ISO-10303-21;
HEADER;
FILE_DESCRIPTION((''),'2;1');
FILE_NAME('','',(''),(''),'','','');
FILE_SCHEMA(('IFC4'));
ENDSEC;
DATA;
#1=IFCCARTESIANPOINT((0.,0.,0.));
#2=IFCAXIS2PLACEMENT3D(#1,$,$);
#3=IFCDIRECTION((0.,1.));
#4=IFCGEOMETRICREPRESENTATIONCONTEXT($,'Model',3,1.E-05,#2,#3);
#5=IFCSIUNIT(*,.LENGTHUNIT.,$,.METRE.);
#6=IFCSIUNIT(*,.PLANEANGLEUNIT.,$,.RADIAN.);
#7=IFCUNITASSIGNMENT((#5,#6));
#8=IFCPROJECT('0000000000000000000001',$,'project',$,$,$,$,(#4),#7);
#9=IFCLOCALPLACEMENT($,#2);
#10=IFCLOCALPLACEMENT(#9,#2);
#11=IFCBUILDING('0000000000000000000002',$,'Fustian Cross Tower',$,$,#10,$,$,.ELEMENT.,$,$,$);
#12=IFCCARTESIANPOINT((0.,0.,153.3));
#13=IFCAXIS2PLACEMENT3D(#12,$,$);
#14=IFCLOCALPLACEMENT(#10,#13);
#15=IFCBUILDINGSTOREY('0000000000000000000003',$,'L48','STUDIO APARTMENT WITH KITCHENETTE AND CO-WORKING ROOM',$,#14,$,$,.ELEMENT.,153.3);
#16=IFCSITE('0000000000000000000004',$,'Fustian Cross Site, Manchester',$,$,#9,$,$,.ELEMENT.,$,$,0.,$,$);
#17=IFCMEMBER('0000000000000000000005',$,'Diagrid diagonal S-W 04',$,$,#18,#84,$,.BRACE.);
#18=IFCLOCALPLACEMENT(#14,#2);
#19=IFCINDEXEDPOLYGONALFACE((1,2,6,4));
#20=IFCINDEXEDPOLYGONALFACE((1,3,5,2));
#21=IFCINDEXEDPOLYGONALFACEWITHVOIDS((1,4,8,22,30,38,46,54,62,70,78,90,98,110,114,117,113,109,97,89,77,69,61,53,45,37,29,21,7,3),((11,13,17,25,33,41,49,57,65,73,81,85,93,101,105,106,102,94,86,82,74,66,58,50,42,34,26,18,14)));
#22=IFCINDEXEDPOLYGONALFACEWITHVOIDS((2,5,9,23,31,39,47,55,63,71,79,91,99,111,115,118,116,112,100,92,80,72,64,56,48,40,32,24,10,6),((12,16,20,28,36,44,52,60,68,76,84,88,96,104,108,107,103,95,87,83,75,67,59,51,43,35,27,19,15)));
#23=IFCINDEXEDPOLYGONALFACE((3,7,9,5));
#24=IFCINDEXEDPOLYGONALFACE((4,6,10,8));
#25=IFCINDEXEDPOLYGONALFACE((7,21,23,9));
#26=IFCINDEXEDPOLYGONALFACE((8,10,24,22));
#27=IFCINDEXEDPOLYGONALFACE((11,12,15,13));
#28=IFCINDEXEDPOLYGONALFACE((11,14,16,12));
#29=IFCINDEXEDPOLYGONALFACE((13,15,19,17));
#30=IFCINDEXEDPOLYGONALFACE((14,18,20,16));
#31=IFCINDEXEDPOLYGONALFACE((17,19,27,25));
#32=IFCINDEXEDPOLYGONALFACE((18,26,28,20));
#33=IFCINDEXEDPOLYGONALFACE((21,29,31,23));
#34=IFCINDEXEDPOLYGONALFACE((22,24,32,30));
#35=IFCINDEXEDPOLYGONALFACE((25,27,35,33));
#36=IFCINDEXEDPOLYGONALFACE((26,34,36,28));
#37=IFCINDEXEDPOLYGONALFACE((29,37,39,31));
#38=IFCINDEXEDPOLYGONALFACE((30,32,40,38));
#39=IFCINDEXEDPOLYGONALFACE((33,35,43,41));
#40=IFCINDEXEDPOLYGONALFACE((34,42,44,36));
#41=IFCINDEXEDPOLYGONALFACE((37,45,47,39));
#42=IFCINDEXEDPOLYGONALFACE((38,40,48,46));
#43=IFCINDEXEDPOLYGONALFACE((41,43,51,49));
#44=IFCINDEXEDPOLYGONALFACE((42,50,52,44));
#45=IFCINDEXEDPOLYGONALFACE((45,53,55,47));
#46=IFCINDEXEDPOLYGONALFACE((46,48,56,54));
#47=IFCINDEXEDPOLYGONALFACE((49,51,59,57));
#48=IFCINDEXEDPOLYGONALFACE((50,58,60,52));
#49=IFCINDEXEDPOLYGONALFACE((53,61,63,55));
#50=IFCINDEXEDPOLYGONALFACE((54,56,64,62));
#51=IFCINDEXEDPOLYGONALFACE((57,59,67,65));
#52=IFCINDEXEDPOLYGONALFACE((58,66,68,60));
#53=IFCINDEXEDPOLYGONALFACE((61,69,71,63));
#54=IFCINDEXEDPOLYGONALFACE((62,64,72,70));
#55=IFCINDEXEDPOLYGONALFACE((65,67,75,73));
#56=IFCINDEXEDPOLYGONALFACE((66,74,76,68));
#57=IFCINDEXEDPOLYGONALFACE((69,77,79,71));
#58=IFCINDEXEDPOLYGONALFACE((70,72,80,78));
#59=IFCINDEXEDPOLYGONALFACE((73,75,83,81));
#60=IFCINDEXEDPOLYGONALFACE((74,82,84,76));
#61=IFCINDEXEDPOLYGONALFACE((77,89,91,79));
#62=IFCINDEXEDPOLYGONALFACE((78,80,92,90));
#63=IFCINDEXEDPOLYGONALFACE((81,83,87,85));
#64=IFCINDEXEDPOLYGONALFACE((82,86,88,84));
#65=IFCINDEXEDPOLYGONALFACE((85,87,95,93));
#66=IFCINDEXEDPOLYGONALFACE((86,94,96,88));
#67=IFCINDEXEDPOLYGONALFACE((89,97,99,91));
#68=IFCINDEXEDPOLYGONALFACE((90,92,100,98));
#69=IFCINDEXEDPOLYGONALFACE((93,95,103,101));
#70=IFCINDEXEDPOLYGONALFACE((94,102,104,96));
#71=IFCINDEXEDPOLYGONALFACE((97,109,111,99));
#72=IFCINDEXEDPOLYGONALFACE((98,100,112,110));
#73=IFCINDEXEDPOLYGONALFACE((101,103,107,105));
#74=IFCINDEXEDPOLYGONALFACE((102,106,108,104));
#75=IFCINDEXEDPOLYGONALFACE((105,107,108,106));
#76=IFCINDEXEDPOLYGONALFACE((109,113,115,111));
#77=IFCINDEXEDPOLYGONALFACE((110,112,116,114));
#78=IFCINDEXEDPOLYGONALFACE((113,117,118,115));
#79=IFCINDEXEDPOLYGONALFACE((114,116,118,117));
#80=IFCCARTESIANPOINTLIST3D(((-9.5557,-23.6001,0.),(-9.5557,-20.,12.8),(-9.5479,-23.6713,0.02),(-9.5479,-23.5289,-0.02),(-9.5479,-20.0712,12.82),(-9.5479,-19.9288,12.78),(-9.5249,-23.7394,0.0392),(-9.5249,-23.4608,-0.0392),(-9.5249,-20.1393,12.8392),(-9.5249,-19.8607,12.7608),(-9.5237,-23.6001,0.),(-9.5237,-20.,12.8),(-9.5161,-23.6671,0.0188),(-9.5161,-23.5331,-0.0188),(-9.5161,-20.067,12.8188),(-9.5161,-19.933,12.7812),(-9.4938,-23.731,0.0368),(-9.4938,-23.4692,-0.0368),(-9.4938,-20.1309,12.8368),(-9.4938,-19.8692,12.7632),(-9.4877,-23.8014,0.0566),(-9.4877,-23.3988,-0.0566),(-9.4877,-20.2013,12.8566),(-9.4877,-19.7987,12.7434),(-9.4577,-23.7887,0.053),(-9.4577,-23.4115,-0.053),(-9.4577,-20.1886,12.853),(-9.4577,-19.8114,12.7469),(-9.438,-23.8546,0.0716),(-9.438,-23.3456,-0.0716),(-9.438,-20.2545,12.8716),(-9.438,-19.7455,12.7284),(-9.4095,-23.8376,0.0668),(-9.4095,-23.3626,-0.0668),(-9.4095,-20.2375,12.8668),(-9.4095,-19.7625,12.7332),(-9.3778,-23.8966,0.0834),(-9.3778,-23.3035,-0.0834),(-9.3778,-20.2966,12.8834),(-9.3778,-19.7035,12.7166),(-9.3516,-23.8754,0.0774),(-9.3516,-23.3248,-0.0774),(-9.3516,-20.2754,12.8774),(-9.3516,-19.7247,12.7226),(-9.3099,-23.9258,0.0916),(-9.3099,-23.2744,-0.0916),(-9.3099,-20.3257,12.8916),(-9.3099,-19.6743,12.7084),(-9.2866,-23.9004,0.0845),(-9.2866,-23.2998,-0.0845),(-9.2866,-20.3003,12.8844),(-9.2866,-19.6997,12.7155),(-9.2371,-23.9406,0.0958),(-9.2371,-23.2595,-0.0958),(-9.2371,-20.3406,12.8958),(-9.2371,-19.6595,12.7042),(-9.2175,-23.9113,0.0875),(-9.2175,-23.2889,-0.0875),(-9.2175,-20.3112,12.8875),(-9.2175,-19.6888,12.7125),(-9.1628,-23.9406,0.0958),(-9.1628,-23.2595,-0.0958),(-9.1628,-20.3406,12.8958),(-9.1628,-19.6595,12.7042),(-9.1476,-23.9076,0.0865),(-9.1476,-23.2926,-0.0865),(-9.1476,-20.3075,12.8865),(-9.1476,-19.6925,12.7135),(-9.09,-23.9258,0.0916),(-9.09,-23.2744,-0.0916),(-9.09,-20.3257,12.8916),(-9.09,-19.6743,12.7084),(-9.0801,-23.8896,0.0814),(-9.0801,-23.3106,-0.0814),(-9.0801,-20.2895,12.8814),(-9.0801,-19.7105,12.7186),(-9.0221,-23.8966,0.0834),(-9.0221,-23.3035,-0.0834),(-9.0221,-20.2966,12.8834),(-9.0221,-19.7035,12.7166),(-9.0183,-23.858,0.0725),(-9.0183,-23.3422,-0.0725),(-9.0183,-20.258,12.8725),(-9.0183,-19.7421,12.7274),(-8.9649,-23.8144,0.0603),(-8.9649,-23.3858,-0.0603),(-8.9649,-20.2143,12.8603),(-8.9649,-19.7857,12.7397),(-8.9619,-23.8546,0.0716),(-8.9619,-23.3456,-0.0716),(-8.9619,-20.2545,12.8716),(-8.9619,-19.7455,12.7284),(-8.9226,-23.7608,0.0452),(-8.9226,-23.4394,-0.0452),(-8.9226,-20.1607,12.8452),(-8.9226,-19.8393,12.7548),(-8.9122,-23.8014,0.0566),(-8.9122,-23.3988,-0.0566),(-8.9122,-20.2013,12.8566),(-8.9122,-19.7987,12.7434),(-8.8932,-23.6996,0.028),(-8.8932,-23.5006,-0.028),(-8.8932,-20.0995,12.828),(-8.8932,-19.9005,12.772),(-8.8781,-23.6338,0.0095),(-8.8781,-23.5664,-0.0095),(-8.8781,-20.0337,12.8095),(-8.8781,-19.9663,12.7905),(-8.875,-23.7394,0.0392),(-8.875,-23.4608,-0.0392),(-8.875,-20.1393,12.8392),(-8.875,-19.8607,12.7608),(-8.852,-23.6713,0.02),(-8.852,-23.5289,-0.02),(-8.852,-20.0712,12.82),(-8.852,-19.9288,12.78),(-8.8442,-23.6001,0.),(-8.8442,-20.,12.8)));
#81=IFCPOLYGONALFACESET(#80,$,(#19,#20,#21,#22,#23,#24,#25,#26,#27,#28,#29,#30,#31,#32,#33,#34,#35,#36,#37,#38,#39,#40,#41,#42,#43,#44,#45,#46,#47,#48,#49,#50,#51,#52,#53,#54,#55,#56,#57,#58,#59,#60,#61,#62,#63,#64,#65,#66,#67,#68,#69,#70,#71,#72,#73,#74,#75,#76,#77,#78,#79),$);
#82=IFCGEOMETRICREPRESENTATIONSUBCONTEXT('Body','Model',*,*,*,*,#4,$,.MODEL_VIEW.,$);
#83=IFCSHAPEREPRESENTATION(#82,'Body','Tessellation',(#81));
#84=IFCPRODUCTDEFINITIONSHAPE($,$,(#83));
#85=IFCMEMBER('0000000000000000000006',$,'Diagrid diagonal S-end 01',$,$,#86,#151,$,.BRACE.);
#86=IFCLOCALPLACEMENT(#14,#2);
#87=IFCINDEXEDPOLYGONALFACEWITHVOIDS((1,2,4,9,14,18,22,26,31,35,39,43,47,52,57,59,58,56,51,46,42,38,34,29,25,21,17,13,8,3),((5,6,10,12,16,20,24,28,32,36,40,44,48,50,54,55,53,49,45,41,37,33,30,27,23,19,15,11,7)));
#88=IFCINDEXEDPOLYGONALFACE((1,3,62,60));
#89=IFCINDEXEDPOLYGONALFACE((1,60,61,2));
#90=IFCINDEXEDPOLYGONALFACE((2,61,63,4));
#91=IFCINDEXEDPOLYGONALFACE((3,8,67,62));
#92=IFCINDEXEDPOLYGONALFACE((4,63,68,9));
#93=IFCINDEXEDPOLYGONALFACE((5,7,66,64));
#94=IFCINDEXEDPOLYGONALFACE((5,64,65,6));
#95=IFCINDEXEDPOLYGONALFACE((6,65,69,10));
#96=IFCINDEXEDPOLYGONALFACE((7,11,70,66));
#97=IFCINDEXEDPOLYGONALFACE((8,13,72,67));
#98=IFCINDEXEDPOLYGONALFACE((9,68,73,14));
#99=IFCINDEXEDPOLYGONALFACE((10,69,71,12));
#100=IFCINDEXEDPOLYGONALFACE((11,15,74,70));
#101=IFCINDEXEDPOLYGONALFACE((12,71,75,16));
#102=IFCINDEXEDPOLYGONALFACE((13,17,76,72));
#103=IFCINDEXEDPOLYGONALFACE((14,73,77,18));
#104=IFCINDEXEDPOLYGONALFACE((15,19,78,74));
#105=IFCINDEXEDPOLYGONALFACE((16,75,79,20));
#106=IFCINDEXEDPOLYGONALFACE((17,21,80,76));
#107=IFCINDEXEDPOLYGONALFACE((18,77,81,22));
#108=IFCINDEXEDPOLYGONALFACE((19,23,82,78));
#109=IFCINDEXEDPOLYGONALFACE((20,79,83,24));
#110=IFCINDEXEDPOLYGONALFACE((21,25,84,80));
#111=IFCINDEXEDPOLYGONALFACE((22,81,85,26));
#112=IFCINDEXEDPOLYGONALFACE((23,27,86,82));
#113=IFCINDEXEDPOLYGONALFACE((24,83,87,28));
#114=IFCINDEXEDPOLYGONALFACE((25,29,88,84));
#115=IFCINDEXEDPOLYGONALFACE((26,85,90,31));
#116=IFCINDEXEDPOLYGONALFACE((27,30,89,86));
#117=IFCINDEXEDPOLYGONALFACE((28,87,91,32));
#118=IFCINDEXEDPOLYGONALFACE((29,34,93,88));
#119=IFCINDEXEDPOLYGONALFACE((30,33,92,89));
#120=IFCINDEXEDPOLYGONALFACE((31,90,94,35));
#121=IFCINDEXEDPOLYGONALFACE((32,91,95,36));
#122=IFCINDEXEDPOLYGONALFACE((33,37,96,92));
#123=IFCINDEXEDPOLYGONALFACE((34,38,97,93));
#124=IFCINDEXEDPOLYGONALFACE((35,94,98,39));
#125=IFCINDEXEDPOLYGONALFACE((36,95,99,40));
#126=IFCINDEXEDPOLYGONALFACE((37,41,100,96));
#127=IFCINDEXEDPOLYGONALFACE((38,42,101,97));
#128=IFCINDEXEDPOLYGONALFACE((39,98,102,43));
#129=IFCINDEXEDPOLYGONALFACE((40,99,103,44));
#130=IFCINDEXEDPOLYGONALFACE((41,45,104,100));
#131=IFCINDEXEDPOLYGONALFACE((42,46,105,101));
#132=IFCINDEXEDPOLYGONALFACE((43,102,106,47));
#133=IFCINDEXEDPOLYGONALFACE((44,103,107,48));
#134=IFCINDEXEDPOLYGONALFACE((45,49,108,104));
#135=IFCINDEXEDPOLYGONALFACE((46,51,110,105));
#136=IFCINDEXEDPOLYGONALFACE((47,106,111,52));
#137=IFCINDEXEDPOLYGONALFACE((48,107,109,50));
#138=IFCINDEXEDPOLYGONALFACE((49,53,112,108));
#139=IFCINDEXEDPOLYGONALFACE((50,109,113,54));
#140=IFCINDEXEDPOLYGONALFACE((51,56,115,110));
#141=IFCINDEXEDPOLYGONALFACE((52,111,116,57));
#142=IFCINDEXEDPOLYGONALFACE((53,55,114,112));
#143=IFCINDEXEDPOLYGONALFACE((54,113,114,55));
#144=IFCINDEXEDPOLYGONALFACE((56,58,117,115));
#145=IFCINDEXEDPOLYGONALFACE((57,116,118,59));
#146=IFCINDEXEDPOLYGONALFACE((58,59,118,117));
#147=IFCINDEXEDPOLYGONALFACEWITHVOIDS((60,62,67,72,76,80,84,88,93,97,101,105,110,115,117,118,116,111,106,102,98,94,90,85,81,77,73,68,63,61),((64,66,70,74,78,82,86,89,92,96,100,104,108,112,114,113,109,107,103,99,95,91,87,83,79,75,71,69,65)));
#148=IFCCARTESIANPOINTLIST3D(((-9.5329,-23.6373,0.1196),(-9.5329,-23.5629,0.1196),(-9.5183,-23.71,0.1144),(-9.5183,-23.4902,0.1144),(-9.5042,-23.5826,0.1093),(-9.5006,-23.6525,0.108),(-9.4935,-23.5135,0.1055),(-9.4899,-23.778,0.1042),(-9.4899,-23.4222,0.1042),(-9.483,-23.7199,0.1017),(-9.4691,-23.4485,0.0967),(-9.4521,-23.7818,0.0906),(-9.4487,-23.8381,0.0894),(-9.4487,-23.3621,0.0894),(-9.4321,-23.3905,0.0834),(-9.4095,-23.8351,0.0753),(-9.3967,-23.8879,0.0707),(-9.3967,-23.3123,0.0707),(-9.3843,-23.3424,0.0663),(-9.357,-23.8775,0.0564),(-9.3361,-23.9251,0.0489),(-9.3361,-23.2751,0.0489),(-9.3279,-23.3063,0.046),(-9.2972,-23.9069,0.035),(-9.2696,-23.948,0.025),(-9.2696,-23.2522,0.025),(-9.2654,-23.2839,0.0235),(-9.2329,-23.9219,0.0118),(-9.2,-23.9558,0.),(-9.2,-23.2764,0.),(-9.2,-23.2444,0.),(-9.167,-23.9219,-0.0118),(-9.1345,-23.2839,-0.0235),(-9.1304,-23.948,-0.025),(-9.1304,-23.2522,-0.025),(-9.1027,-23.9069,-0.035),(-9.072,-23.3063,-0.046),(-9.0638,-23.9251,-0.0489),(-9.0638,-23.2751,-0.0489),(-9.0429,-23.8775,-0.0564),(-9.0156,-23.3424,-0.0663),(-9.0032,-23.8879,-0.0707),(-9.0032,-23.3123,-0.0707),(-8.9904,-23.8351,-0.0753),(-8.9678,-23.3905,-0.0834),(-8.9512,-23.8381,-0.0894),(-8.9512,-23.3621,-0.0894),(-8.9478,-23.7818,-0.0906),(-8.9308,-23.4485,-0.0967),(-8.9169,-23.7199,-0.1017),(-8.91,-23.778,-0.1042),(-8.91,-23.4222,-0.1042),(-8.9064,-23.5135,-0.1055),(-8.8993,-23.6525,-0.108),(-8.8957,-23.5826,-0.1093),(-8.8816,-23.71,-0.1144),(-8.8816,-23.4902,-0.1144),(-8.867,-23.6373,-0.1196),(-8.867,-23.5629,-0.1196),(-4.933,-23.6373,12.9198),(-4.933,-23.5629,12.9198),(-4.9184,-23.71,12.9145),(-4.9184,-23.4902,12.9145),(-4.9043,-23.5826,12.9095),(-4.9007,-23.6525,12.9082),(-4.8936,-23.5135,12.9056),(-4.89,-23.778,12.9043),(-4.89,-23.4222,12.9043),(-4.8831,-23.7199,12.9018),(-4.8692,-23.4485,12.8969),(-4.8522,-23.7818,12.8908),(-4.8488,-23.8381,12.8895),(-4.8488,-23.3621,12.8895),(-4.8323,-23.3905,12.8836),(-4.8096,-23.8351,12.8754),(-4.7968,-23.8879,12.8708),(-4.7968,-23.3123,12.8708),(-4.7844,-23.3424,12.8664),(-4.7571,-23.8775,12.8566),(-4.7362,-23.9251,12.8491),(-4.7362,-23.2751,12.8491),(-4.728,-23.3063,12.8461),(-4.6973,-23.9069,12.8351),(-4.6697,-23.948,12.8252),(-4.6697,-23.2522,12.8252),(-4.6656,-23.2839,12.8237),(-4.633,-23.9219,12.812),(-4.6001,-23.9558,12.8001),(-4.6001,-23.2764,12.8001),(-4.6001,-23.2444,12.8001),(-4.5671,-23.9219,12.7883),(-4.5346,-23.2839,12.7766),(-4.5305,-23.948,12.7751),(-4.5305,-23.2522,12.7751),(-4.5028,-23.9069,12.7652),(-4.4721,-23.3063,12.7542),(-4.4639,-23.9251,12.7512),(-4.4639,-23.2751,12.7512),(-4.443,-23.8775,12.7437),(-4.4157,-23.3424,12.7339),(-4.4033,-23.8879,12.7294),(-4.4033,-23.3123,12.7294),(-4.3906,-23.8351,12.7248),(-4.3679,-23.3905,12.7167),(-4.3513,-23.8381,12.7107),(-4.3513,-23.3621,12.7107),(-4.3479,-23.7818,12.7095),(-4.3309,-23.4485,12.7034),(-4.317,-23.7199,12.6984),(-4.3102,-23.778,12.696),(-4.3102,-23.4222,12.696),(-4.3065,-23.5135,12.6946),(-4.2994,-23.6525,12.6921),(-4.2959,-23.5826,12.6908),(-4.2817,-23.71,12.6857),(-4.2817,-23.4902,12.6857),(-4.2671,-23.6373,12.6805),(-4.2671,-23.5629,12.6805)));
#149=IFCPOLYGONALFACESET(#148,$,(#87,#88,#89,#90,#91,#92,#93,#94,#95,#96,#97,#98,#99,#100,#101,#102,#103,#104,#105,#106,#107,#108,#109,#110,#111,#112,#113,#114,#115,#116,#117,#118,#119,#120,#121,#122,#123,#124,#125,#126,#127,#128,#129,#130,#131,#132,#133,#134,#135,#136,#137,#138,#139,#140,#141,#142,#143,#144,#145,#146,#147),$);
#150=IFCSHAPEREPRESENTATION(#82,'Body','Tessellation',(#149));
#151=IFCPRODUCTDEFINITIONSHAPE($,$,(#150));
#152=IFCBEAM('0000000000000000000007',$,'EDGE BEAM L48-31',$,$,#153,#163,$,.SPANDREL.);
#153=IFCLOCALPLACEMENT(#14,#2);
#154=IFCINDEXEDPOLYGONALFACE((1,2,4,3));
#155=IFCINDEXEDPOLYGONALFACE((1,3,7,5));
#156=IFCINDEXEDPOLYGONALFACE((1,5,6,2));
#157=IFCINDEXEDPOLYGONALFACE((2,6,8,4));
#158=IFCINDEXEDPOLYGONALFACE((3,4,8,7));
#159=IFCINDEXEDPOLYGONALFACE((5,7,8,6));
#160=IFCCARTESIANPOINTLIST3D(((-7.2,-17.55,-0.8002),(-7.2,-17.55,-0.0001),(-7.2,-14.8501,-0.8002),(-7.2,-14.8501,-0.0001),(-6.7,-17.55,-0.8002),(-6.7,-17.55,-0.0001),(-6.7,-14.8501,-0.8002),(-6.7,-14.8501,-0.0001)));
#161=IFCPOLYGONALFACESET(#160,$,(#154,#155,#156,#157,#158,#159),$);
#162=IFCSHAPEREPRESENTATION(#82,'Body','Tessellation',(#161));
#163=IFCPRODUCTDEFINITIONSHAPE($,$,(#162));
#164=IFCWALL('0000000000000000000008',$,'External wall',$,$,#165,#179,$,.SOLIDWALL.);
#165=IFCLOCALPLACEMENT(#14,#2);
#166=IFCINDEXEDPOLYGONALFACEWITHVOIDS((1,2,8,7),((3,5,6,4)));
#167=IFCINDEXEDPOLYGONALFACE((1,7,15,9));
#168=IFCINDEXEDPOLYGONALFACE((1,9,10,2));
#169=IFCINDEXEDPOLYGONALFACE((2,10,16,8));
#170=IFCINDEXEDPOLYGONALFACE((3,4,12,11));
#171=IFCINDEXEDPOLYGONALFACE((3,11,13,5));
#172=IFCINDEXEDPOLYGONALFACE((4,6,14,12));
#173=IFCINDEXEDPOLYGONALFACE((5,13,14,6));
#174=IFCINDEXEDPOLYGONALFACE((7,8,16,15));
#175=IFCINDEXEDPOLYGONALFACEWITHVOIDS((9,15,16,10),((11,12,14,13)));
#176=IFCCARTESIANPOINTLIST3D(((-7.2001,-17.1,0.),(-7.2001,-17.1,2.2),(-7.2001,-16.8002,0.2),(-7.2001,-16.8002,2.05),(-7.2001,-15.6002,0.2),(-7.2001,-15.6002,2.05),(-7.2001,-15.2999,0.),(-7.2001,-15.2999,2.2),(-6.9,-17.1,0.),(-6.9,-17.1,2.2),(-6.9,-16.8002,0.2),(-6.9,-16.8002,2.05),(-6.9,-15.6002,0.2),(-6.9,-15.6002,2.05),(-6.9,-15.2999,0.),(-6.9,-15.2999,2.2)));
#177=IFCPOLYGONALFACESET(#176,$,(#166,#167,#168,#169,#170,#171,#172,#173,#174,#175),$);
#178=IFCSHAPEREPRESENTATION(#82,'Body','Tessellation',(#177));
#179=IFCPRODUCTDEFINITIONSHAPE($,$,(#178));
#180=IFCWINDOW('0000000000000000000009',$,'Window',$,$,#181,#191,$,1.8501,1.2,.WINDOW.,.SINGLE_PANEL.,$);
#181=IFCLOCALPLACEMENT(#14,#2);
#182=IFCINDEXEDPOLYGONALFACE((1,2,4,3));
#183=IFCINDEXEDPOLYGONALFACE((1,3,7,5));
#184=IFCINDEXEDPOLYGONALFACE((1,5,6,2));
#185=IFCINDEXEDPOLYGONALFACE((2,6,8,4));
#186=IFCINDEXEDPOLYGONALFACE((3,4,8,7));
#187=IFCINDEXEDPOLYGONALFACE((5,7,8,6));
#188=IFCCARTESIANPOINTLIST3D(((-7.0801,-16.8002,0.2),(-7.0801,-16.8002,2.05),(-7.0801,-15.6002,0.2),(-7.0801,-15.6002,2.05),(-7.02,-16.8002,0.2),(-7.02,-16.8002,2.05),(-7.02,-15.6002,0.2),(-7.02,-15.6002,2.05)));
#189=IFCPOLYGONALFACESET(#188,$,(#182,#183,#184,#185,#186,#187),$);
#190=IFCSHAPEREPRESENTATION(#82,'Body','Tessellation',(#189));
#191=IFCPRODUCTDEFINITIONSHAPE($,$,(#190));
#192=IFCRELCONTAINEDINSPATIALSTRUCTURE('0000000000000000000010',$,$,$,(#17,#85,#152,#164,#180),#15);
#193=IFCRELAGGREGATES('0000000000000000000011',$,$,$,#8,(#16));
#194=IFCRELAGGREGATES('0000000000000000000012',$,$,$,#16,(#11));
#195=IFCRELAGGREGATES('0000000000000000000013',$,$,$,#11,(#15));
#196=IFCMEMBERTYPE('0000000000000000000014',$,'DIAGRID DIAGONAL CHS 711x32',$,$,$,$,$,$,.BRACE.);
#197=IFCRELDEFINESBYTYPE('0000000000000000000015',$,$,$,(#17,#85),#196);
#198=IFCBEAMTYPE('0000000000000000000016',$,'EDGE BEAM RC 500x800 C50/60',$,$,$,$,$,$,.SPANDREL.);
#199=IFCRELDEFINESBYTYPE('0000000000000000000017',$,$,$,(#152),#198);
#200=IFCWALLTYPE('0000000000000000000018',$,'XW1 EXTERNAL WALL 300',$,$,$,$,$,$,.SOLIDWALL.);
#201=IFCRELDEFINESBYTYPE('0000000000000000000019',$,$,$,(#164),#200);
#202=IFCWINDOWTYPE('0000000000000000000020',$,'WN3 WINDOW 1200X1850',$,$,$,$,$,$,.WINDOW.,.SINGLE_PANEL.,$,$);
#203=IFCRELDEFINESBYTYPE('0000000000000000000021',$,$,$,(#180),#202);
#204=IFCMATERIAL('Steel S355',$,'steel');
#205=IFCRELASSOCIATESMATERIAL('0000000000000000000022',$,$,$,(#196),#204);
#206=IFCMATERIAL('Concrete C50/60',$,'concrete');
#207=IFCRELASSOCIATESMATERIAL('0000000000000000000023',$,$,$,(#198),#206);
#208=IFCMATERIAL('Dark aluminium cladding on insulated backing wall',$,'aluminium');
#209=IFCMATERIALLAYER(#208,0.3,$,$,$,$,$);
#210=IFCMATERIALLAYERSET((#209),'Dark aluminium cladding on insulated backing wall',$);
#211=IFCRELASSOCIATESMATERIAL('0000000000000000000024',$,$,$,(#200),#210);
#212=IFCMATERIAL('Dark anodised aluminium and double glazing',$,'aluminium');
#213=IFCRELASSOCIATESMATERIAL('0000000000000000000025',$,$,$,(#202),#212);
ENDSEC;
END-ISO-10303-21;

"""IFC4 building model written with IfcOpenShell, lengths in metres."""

from ifc_helpers import new_model, si_unit, direction, frame, frame_2d, origin, origin_2d, place, context, subcontext, project, spatial, rectangle, hollow_circle, extrude, material, layer, layer_set, material_profile, profile_set, type_object, element, fill, save


model = new_model("IFC4")

# Units and contexts
model_context = context("Model", 3, precision=1e-05, world=origin(), true_north=direction((0.0, 1.0)))
body_context = subcontext(model_context, "Body", "Model", "MODEL_VIEW")
ifc_project = project(units=[si_unit("LENGTHUNIT", "METRE"), si_unit("PLANEANGLEUNIT", "RADIAN")], contexts=[model_context])

# Site, building, storey
site_placement = place(None, origin())
site = spatial("IfcSite", under=ifc_project, at=site_placement, Name="Fustian Cross Site, Manchester", CompositionType="ELEMENT", RefElevation=0.0)
building_placement = place(site_placement, origin())
building = spatial("IfcBuilding", under=site, at=building_placement, Name="Fustian Cross Tower", CompositionType="ELEMENT")
storey_placement = place(building_placement, frame((0.0, 0.0, 153.3)))
storey = spatial("IfcBuildingStorey", under=building, at=storey_placement, Name="L48", Description="STUDIO APARTMENT WITH KITCHENETTE AND CO-WORKING ROOM", CompositionType="ELEMENT", Elevation=153.3)

# Members
ifc_material_1 = material(Name="Steel S355", Category="steel")
ifc_material_profile_1 = material_profile(ifc_material_1, hollow_circle(Radius=0.3557, WallThickness=0.032, at=origin_2d()), Name="CHS 711x32")
ifc_profile_set_1 = profile_set([ifc_material_profile_1], Name="Steel S355")
member_type_1 = type_object("IfcMemberType", Name="DIAGRID DIAGONAL CHS 711x32", PredefinedType="BRACE", material=ifc_profile_set_1)
member_1_placement = place(storey_placement, frame((-9.2, -23.6001, 0.0), z_axis=(0.0, 0.270751, 0.962649), x_axis=(-1.0, 0.0, 0.0)))
element("IfcMember", 1, at=member_1_placement, inside=storey, type_object=member_type_1, Name="Diagrid diagonal S-W 04", PredefinedType="BRACE", context=body_context, shape_type="SweptSolid", body=[
    extrude(hollow_circle(Radius=0.3557, WallThickness=0.032, at=origin_2d()), origin(), (0.0, 0.0, 1.0), 13.2966),
])
member_2_placement = place(storey_placement, frame((-9.2, -23.6001, 0.0), z_axis=(0.338188, 0.0, 0.941079), x_axis=(0.0, 1.0, 0.0)))
element("IfcMember", 2, at=member_2_placement, inside=storey, type_object=member_type_1, Name="Diagrid diagonal S-end 01", PredefinedType="BRACE", context=body_context, shape_type="SweptSolid", body=[
    extrude(hollow_circle(Radius=0.3557, WallThickness=0.032, at=origin_2d()), origin(), (0.0, 0.0, 1.0), 13.6016),
])

# Beam
ifc_material_2 = material(Name="Concrete C50/60", Category="concrete")
ifc_material_profile_2 = material_profile(ifc_material_2, rectangle(XDim=0.5, YDim=0.8, at=origin_2d()), Name="RC 500x800")
ifc_profile_set_2 = profile_set([ifc_material_profile_2], Name="Concrete C50/60")
beam_type = type_object("IfcBeamType", Name="EDGE BEAM RC 500x800 C50/60", PredefinedType="SPANDREL", material=ifc_profile_set_2)
beam_placement = place(storey_placement, frame((-6.95, -14.8501, -0.4001), z_axis=(0.0, -1.0, 0.0), x_axis=(1.0, 0.0, 0.0)))
element("IfcBeam", 3, at=beam_placement, inside=storey, type_object=beam_type, Name="EDGE BEAM L48-31", PredefinedType="SPANDREL", context=body_context, shape_type="SweptSolid", body=[
    extrude(rectangle(XDim=0.5, YDim=0.8, at=origin_2d()), origin(), (0.0, 0.0, 1.0), 2.7),
])

# Wall, opening, window
ifc_material_3 = material(Name="Dark aluminium cladding on insulated backing wall", Category="aluminium")
ifc_layer = layer(ifc_material_3, 0.3)
ifc_layer_set = layer_set([ifc_layer], Name="Dark aluminium cladding on insulated backing wall")
wall_type = type_object("IfcWallType", Name="XW1 EXTERNAL WALL 300", PredefinedType="SOLIDWALL", material=ifc_layer_set)
wall_1_placement = place(storey_placement, frame((-7.05, -15.3, 0.0), z_axis=(0.0, 0.0, 1.0), x_axis=(0.0, -1.0, 0.0)))
wall_1 = element("IfcWall", 4, at=wall_1_placement, inside=storey, type_object=wall_type, Name="External wall", PredefinedType="SOLIDWALL", context=body_context, shape_type="SweptSolid", body=[
    extrude(rectangle(XDim=1.8, YDim=0.3, at=frame_2d((0.8999, 0.0))), origin(), (0.0, 0.0, 1.0), 2.2),
])
opening_1_placement = place(wall_1_placement, frame((0.3, 0.0, 0.2)))
opening_1 = element("IfcOpeningElement", 5, at=opening_1_placement, cuts=wall_1, PredefinedType="OPENING", context=body_context, shape_type="SweptSolid", body=[
    extrude(rectangle(XDim=1.2, YDim=1.8501, at=frame_2d((0.6001, 0.925))), frame((0.0, 0.1599, 0.0), z_axis=(0.0, -1.0, 0.0), x_axis=(1.0, 0.0, 0.0)), (0.0, 0.0, 1.0), 0.3201),
])
ifc_material_4 = material(Name="Dark anodised aluminium and double glazing", Category="aluminium")
window_type = type_object("IfcWindowType", Name="WN3 WINDOW 1200X1850", PartitioningType="SINGLE_PANEL", PredefinedType="WINDOW", material=ifc_material_4)
window_1_placement = place(opening_1_placement, origin())
window_1 = element("IfcWindow", 6, at=window_1_placement, inside=storey, type_object=window_type, Name="Window", OverallHeight=1.8501, OverallWidth=1.2, PartitioningType="SINGLE_PANEL", PredefinedType="WINDOW", context=body_context, shape_type="SweptSolid", body=[
    extrude(rectangle(XDim=1.2, YDim=1.8501, at=frame_2d((0.6001, 0.925))), frame((0.0, 0.03, 0.0), z_axis=(0.0, -1.0, 0.0), x_axis=(1.0, 0.0, 0.0)), (0.0, 0.0, 1.0), 0.0601),
])
fill(opening_1, window_1)

save(model, "model.ifc")
